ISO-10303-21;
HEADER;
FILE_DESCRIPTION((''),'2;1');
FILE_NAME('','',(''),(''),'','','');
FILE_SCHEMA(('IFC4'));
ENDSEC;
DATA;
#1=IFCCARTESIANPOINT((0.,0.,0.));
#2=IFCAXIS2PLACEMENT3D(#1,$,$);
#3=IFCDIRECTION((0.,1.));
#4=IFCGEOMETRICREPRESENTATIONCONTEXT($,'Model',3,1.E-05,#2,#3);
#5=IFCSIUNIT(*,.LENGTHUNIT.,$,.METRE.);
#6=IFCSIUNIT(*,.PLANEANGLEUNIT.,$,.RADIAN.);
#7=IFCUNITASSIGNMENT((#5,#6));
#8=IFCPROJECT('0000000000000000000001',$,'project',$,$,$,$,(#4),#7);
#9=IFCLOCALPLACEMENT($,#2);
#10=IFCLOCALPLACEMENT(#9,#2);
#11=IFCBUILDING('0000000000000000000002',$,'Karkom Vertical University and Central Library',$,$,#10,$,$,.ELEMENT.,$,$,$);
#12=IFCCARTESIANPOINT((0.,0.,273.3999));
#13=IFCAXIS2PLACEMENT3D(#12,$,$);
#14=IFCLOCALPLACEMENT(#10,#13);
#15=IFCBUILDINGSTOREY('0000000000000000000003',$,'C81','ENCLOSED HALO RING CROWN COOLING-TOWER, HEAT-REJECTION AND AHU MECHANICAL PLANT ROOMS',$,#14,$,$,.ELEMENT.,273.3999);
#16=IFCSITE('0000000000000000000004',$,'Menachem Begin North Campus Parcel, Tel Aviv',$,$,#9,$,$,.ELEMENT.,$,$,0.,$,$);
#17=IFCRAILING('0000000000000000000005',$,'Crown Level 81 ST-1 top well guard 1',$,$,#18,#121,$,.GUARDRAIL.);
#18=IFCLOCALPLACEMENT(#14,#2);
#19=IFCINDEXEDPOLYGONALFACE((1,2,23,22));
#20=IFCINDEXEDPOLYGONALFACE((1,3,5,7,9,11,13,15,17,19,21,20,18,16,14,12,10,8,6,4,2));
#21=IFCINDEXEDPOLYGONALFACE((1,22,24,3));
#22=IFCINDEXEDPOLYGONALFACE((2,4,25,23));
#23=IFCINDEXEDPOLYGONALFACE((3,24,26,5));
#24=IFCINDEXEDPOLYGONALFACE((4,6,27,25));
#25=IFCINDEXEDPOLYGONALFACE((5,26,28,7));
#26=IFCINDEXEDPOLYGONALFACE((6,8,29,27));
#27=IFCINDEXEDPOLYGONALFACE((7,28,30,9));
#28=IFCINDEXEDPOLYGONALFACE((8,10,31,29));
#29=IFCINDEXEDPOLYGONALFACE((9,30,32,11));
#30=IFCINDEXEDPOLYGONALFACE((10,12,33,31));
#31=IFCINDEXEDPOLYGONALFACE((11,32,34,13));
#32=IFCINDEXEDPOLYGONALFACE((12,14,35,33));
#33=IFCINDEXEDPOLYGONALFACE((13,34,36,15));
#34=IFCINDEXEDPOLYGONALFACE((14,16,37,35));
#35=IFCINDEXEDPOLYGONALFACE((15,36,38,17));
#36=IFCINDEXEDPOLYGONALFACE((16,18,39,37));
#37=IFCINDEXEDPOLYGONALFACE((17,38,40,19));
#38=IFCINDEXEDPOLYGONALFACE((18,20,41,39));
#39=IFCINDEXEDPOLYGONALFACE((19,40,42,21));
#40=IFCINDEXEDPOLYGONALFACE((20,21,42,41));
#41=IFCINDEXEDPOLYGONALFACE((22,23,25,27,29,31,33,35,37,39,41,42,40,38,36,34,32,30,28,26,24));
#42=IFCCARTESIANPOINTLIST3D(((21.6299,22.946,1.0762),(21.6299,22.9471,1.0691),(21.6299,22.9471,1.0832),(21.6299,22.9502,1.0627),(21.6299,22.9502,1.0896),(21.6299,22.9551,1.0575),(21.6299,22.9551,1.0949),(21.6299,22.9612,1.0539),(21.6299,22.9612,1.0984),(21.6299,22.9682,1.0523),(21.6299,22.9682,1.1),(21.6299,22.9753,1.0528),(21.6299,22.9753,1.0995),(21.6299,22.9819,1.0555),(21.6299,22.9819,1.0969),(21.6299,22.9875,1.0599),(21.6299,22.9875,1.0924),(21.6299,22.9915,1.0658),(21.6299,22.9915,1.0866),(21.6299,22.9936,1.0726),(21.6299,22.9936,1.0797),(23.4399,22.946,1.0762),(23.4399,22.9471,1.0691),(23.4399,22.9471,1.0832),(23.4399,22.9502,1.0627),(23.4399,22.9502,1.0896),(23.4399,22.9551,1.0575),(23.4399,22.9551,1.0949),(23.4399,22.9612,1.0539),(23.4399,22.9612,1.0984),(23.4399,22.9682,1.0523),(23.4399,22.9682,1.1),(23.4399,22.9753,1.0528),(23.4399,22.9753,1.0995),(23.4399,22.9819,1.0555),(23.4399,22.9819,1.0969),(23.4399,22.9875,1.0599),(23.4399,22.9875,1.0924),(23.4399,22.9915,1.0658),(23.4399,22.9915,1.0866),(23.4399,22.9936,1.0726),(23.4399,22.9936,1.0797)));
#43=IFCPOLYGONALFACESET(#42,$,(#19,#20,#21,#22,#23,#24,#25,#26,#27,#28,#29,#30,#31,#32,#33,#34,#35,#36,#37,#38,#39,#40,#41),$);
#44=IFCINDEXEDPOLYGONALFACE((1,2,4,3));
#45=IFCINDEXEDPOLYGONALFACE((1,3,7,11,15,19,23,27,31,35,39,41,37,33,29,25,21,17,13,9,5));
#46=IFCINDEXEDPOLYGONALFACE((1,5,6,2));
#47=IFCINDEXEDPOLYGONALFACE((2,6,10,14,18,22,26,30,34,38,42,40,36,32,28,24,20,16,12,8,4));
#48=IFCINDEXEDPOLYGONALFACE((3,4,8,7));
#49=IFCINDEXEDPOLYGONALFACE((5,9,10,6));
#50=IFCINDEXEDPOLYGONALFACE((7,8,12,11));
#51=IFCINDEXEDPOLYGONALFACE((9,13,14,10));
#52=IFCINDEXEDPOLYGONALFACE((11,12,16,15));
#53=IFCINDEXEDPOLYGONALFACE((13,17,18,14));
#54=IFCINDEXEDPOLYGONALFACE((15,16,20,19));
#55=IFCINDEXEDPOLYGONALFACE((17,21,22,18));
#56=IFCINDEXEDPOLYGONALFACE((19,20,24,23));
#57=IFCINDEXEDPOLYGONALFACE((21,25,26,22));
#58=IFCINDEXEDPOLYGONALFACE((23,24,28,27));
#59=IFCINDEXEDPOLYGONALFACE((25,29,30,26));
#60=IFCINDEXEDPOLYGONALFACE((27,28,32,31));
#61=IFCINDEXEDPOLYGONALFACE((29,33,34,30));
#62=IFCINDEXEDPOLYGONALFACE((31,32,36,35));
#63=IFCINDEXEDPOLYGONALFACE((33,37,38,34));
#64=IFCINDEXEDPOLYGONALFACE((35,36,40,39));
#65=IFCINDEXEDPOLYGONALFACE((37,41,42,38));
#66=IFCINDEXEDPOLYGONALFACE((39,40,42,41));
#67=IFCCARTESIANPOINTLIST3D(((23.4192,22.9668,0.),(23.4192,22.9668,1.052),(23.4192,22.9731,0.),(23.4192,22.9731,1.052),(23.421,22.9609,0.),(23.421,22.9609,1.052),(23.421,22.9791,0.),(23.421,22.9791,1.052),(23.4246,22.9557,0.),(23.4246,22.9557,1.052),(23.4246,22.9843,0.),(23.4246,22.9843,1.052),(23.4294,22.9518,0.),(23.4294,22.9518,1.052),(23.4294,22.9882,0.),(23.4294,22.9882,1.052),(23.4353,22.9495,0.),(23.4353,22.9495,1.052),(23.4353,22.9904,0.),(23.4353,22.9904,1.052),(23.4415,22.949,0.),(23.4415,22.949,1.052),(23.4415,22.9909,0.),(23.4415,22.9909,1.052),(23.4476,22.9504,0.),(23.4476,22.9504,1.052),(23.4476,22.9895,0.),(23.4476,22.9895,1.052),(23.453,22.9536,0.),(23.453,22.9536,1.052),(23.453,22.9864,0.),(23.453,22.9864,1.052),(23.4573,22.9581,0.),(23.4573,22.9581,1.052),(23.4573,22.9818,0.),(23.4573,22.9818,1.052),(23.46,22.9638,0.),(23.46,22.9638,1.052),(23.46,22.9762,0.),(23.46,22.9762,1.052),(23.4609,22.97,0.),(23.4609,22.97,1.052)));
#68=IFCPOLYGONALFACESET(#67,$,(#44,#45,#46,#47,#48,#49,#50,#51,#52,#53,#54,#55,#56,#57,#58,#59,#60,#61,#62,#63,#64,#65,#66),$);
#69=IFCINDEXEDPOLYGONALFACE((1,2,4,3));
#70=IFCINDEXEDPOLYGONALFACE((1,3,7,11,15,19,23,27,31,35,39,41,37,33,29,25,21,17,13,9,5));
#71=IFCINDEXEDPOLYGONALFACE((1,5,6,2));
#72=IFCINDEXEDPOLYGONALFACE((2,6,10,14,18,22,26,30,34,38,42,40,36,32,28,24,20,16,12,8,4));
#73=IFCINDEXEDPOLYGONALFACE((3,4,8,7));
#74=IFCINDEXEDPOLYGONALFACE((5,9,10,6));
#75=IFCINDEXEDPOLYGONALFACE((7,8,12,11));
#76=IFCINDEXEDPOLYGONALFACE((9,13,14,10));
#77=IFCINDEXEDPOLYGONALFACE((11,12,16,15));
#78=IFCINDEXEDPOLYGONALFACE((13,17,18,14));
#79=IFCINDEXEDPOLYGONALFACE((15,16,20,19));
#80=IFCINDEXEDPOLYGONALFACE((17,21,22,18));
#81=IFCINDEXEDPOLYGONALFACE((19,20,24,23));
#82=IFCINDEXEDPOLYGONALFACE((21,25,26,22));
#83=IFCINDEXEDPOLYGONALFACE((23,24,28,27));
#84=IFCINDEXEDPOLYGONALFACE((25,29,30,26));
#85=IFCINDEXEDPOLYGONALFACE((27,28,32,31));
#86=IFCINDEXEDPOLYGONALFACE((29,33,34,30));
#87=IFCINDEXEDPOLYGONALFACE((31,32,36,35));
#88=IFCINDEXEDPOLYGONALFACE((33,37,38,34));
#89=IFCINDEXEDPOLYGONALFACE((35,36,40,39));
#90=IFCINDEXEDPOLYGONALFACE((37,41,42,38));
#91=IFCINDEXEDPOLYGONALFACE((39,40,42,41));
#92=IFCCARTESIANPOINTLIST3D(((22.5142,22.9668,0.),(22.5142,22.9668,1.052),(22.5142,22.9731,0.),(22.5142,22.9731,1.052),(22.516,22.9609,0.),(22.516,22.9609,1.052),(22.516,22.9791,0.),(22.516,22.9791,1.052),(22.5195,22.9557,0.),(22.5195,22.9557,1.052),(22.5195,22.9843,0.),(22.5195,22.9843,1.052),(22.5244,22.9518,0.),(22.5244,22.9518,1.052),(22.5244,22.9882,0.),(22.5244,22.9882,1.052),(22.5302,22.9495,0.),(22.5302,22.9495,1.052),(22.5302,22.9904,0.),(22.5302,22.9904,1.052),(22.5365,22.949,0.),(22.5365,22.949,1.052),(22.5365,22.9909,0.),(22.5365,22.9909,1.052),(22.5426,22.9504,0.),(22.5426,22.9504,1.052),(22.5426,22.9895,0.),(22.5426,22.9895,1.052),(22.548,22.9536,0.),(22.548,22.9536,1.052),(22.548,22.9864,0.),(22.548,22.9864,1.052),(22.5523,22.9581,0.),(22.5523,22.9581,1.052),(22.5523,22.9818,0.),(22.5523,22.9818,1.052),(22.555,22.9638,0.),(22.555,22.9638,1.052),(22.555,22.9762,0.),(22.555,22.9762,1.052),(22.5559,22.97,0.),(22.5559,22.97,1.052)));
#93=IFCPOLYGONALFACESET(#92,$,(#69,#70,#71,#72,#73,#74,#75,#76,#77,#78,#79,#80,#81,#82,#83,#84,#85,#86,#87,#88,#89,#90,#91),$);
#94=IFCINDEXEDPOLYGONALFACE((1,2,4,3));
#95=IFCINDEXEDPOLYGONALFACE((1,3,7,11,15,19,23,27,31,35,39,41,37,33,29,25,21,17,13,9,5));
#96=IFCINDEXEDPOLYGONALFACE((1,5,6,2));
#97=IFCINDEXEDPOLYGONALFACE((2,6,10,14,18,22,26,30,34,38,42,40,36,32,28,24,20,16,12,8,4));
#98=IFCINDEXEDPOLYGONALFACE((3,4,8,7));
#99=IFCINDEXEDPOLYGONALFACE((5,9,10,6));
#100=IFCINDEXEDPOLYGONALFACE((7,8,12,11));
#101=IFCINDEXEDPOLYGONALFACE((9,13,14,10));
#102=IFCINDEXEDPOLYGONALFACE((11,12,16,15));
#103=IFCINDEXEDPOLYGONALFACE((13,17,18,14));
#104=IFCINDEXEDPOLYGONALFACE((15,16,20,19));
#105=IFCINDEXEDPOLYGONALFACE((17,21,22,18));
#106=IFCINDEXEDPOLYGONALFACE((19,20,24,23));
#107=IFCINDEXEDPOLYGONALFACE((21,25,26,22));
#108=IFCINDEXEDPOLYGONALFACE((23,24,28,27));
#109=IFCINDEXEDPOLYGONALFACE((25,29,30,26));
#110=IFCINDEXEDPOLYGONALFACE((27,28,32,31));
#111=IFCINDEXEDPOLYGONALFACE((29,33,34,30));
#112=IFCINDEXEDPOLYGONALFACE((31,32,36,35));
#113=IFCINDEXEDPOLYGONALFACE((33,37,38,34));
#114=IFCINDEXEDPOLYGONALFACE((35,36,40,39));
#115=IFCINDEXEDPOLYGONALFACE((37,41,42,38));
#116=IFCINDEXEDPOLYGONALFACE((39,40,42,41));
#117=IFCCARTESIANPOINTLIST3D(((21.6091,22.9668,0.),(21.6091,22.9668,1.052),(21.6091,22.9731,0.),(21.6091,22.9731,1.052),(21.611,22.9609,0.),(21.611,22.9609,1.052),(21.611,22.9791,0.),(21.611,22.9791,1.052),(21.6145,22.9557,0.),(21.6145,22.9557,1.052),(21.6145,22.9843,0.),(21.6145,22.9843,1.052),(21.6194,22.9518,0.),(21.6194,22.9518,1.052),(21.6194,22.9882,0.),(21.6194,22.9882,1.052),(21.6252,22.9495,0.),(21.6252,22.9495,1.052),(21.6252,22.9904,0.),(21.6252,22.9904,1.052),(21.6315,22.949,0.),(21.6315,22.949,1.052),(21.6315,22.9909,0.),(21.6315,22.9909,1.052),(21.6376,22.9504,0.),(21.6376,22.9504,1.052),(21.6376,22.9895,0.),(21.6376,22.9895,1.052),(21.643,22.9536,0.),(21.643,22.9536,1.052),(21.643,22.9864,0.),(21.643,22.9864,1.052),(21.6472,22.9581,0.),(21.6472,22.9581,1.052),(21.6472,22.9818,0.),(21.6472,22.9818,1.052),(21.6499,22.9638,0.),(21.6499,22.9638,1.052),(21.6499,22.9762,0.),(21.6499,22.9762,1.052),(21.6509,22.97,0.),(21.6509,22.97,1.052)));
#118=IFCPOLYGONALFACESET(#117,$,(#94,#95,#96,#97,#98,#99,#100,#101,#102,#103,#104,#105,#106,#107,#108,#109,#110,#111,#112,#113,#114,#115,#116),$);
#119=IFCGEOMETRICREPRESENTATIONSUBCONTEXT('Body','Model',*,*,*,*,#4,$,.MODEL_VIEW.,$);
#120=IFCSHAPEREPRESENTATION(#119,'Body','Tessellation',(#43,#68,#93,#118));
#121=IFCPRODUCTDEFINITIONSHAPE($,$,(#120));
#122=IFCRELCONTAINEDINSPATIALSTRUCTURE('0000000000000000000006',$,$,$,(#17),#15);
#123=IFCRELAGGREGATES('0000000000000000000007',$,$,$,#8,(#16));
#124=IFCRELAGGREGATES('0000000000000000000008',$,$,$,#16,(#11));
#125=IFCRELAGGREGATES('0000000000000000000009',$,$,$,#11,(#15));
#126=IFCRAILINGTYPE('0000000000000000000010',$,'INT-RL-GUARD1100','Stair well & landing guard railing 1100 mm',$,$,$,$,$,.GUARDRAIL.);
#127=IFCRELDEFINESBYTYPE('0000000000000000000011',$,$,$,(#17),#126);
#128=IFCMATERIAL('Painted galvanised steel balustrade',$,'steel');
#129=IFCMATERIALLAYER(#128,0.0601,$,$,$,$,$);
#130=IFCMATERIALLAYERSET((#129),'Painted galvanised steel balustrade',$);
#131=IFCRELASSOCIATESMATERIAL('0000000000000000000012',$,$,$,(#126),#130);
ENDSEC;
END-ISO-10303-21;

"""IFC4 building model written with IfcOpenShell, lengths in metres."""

from ifc_helpers import new_model, si_unit, direction, frame, origin, origin_2d, place, context, subcontext, project, spatial, circle, extrude, material, layer, layer_set, type_object, element, save


model = new_model("IFC4")

# Units and contexts
model_context = context("Model", 3, precision=1e-05, world=origin(), true_north=direction((0.0, 1.0)))
body_context = subcontext(model_context, "Body", "Model", "MODEL_VIEW")
ifc_project = project(units=[si_unit("LENGTHUNIT", "METRE"), si_unit("PLANEANGLEUNIT", "RADIAN")], contexts=[model_context])

# Site, building, storey
site_placement = place(None, origin())
site = spatial("IfcSite", under=ifc_project, at=site_placement, Name="Menachem Begin North Campus Parcel, Tel Aviv", CompositionType="ELEMENT", RefElevation=0.0)
building_placement = place(site_placement, origin())
building = spatial("IfcBuilding", under=site, at=building_placement, Name="Karkom Vertical University and Central Library", CompositionType="ELEMENT")
storey_placement = place(building_placement, frame((0.0, 0.0, 273.3999)))
storey = spatial("IfcBuildingStorey", under=building, at=storey_placement, Name="C81", Description="ENCLOSED HALO RING CROWN COOLING-TOWER, HEAT-REJECTION AND AHU MECHANICAL PLANT ROOMS", CompositionType="ELEMENT", Elevation=273.3999)

# Railing
ifc_material_1 = material(Name="Painted galvanised steel balustrade", Category="steel")
ifc_layer_1 = layer(ifc_material_1, 0.0601)
ifc_layer_set_1 = layer_set([ifc_layer_1], Name="Painted galvanised steel balustrade")
railing_type = type_object("IfcRailingType", Name="INT-RL-GUARD1100", Description="Stair well & landing guard railing 1100 mm", PredefinedType="GUARDRAIL", material=ifc_layer_set_1)
railing_placement = place(storey_placement, frame((23.4399, 22.97, 0.0)))
element("IfcRailing", 1, at=railing_placement, inside=storey, type_object=railing_type, Name="Crown Level 81 ST-1 top well guard 1", PredefinedType="GUARDRAIL", context=body_context, shape_type="SweptSolid", body=[
    extrude(circle(Radius=0.0239, at=origin_2d()), frame((0.0, 0.0, 1.0762), z_axis=(-1.0, 0.0, 0.0), x_axis=(0.0, -1.0, 0.0)), (0.0, 0.0, 1.0), 1.8101),
    extrude(circle(Radius=0.021, at=origin_2d()), origin(), (0.0, 0.0, 1.0), 1.052),
    extrude(circle(Radius=0.021, at=origin_2d()), frame((-0.905, 0.0, 0.0)), (0.0, 0.0, 1.0), 1.052),
    extrude(circle(Radius=0.021, at=origin_2d()), frame((-1.8101, 0.0, 0.0)), (0.0, 0.0, 1.0), 1.052),
])

save(model, "model.ifc")
